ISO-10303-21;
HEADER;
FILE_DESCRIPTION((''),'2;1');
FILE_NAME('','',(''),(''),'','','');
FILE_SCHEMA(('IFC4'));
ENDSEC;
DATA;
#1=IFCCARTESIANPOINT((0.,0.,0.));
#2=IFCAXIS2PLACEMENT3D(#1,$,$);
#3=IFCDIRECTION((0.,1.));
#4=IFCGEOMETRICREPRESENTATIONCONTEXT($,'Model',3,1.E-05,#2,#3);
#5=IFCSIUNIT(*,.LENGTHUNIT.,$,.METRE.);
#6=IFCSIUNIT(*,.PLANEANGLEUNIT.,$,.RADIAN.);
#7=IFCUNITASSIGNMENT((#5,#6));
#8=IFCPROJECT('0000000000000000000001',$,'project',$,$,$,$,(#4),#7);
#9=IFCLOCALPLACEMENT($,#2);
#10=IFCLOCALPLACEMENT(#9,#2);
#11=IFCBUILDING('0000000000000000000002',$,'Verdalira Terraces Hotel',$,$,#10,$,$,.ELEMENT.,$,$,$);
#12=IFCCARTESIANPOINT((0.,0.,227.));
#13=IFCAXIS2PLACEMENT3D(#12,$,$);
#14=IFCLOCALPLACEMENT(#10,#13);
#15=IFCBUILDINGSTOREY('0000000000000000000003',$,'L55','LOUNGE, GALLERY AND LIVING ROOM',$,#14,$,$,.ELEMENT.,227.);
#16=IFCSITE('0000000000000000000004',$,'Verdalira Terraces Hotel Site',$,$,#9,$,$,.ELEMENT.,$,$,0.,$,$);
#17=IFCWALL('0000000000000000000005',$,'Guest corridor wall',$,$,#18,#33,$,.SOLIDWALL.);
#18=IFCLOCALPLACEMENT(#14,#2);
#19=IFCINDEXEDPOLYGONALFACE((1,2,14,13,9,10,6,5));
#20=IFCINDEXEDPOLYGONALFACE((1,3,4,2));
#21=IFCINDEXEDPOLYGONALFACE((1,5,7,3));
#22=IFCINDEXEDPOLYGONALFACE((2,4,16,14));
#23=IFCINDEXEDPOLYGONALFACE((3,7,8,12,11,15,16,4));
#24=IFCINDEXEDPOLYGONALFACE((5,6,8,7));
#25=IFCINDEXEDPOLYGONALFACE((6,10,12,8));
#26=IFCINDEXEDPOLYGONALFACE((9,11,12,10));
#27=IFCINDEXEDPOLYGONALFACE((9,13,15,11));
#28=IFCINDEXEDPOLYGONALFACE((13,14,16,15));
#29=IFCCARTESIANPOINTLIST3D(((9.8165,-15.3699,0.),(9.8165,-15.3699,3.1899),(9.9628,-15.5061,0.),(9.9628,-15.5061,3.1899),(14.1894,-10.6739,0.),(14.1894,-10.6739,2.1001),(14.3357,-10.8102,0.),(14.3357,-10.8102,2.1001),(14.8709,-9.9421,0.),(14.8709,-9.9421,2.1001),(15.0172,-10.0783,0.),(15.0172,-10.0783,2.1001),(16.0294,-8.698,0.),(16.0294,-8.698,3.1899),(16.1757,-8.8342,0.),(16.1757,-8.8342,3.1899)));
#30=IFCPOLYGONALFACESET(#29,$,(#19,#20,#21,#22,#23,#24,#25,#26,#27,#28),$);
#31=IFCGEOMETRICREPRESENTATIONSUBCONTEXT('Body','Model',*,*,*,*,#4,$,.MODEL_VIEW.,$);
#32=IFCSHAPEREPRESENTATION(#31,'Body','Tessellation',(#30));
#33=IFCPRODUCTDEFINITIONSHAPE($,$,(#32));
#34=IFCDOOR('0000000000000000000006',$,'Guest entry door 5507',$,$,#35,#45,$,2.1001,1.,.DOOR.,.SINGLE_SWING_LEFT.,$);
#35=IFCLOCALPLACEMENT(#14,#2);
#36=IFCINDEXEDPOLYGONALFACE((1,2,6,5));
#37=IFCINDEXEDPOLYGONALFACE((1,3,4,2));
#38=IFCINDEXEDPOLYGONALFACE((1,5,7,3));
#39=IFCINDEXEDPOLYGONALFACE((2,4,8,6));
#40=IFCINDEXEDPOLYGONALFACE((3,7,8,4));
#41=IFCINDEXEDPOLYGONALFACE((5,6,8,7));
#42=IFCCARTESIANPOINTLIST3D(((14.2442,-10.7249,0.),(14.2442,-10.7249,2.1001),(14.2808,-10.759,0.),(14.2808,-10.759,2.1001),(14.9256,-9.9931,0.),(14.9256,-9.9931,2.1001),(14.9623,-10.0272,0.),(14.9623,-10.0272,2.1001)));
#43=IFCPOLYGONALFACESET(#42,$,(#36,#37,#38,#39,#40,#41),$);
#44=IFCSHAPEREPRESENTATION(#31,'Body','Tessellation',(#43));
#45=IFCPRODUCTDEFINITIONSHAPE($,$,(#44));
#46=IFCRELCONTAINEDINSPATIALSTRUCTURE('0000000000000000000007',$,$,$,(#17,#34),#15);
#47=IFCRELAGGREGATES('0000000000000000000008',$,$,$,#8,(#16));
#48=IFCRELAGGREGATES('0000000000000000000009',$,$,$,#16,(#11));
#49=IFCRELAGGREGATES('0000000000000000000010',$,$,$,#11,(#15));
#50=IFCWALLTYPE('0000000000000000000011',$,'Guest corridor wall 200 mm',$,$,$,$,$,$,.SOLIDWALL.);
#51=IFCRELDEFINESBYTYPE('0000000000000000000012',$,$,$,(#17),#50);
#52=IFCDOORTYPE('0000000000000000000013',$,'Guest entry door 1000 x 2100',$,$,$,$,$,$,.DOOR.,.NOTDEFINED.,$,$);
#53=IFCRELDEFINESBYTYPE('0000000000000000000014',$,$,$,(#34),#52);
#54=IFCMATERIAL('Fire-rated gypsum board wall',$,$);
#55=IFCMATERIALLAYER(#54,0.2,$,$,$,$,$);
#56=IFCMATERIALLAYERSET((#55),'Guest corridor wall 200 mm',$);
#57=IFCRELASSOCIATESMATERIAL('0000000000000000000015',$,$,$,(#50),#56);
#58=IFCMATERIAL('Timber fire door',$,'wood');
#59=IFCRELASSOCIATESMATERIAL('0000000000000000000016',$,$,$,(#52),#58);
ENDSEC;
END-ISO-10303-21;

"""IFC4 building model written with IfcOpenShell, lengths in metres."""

from ifc_helpers import new_model, si_unit, direction, frame, frame_2d, origin, place, context, subcontext, project, spatial, rectangle, extrude, material, layer, layer_set, type_object, element, fill, save


model = new_model("IFC4")

# Units and contexts
model_context = context("Model", 3, precision=1e-05, world=origin(), true_north=direction((0.0, 1.0)))
body_context = subcontext(model_context, "Body", "Model", "MODEL_VIEW")
ifc_project = project(units=[si_unit("LENGTHUNIT", "METRE"), si_unit("PLANEANGLEUNIT", "RADIAN")], contexts=[model_context])

# Site, building, storey
site_placement = place(None, origin())
site = spatial("IfcSite", under=ifc_project, at=site_placement, Name="Verdalira Terraces Hotel Site", CompositionType="ELEMENT", RefElevation=0.0)
building_placement = place(site_placement, origin())
building = spatial("IfcBuilding", under=site, at=building_placement, Name="Verdalira Terraces Hotel", CompositionType="ELEMENT")
storey_placement = place(building_placement, frame((0.0, 0.0, 227.0)))
storey = spatial("IfcBuildingStorey", under=building, at=storey_placement, Name="L55", Description="LOUNGE, GALLERY AND LIVING ROOM", CompositionType="ELEMENT", Elevation=227.0)

# Wall, opening, door
ifc_material_1 = material(Name="Fire-rated gypsum board wall")
ifc_layer_1 = layer(ifc_material_1, 0.2)
ifc_layer_set_1 = layer_set([ifc_layer_1], Name="Guest corridor wall 200 mm")
wall_type_1 = type_object("IfcWallType", Name="Guest corridor wall 200 mm", PredefinedType="SOLIDWALL", material=ifc_layer_set_1)
wall_1_placement = place(storey_placement, frame((16.1025, -8.7661, 0.0), z_axis=(0.0, 0.0, 1.0), x_axis=(-0.681486, -0.731831, 0.0)))
wall_1 = element("IfcWall", 1, at=wall_1_placement, inside=storey, type_object=wall_type_1, Name="Guest corridor wall", PredefinedType="SOLIDWALL", context=body_context, shape_type="SweptSolid", body=[
    extrude(rectangle(XDim=9.1167, YDim=0.2, at=frame_2d((4.5583, 0.0))), origin(), (0.0, 0.0, 1.0), 3.1899),
])
opening_1_placement = place(wall_1_placement, frame((1.7, 0.0, 0.0)))
opening_1 = element("IfcOpeningElement", 2, at=opening_1_placement, cuts=wall_1, PredefinedType="OPENING", context=body_context, shape_type="SweptSolid", body=[
    extrude(rectangle(XDim=1.0, YDim=2.1001, at=frame_2d((0.5, 1.05))), frame((0.0, 0.1099, 0.0), z_axis=(0.0, -1.0, 0.0), x_axis=(1.0, 0.0, 0.0)), (0.0, 0.0, 1.0), 0.22),
])
ifc_material_2 = material(Name="Timber fire door", Category="wood")
door_type_1 = type_object("IfcDoorType", Name="Guest entry door 1000 x 2100", OperationType="NOTDEFINED", PredefinedType="DOOR", material=ifc_material_2)
door_1_placement = place(opening_1_placement, origin())
door_1 = element("IfcDoor", 3, at=door_1_placement, inside=storey, type_object=door_type_1, Name="Guest entry door 5507", OperationType="SINGLE_SWING_LEFT", OverallHeight=2.1001, OverallWidth=1.0, PredefinedType="DOOR", context=body_context, shape_type="SweptSolid", body=[
    extrude(rectangle(XDim=1.0, YDim=2.1001, at=frame_2d((0.5, 1.05))), frame((0.0, 0.0249, 0.0), z_axis=(0.0, -1.0, 0.0), x_axis=(1.0, 0.0, 0.0)), (0.0, 0.0, 1.0), 0.05),
])
fill(opening_1, door_1)

save(model, "model.ifc")
